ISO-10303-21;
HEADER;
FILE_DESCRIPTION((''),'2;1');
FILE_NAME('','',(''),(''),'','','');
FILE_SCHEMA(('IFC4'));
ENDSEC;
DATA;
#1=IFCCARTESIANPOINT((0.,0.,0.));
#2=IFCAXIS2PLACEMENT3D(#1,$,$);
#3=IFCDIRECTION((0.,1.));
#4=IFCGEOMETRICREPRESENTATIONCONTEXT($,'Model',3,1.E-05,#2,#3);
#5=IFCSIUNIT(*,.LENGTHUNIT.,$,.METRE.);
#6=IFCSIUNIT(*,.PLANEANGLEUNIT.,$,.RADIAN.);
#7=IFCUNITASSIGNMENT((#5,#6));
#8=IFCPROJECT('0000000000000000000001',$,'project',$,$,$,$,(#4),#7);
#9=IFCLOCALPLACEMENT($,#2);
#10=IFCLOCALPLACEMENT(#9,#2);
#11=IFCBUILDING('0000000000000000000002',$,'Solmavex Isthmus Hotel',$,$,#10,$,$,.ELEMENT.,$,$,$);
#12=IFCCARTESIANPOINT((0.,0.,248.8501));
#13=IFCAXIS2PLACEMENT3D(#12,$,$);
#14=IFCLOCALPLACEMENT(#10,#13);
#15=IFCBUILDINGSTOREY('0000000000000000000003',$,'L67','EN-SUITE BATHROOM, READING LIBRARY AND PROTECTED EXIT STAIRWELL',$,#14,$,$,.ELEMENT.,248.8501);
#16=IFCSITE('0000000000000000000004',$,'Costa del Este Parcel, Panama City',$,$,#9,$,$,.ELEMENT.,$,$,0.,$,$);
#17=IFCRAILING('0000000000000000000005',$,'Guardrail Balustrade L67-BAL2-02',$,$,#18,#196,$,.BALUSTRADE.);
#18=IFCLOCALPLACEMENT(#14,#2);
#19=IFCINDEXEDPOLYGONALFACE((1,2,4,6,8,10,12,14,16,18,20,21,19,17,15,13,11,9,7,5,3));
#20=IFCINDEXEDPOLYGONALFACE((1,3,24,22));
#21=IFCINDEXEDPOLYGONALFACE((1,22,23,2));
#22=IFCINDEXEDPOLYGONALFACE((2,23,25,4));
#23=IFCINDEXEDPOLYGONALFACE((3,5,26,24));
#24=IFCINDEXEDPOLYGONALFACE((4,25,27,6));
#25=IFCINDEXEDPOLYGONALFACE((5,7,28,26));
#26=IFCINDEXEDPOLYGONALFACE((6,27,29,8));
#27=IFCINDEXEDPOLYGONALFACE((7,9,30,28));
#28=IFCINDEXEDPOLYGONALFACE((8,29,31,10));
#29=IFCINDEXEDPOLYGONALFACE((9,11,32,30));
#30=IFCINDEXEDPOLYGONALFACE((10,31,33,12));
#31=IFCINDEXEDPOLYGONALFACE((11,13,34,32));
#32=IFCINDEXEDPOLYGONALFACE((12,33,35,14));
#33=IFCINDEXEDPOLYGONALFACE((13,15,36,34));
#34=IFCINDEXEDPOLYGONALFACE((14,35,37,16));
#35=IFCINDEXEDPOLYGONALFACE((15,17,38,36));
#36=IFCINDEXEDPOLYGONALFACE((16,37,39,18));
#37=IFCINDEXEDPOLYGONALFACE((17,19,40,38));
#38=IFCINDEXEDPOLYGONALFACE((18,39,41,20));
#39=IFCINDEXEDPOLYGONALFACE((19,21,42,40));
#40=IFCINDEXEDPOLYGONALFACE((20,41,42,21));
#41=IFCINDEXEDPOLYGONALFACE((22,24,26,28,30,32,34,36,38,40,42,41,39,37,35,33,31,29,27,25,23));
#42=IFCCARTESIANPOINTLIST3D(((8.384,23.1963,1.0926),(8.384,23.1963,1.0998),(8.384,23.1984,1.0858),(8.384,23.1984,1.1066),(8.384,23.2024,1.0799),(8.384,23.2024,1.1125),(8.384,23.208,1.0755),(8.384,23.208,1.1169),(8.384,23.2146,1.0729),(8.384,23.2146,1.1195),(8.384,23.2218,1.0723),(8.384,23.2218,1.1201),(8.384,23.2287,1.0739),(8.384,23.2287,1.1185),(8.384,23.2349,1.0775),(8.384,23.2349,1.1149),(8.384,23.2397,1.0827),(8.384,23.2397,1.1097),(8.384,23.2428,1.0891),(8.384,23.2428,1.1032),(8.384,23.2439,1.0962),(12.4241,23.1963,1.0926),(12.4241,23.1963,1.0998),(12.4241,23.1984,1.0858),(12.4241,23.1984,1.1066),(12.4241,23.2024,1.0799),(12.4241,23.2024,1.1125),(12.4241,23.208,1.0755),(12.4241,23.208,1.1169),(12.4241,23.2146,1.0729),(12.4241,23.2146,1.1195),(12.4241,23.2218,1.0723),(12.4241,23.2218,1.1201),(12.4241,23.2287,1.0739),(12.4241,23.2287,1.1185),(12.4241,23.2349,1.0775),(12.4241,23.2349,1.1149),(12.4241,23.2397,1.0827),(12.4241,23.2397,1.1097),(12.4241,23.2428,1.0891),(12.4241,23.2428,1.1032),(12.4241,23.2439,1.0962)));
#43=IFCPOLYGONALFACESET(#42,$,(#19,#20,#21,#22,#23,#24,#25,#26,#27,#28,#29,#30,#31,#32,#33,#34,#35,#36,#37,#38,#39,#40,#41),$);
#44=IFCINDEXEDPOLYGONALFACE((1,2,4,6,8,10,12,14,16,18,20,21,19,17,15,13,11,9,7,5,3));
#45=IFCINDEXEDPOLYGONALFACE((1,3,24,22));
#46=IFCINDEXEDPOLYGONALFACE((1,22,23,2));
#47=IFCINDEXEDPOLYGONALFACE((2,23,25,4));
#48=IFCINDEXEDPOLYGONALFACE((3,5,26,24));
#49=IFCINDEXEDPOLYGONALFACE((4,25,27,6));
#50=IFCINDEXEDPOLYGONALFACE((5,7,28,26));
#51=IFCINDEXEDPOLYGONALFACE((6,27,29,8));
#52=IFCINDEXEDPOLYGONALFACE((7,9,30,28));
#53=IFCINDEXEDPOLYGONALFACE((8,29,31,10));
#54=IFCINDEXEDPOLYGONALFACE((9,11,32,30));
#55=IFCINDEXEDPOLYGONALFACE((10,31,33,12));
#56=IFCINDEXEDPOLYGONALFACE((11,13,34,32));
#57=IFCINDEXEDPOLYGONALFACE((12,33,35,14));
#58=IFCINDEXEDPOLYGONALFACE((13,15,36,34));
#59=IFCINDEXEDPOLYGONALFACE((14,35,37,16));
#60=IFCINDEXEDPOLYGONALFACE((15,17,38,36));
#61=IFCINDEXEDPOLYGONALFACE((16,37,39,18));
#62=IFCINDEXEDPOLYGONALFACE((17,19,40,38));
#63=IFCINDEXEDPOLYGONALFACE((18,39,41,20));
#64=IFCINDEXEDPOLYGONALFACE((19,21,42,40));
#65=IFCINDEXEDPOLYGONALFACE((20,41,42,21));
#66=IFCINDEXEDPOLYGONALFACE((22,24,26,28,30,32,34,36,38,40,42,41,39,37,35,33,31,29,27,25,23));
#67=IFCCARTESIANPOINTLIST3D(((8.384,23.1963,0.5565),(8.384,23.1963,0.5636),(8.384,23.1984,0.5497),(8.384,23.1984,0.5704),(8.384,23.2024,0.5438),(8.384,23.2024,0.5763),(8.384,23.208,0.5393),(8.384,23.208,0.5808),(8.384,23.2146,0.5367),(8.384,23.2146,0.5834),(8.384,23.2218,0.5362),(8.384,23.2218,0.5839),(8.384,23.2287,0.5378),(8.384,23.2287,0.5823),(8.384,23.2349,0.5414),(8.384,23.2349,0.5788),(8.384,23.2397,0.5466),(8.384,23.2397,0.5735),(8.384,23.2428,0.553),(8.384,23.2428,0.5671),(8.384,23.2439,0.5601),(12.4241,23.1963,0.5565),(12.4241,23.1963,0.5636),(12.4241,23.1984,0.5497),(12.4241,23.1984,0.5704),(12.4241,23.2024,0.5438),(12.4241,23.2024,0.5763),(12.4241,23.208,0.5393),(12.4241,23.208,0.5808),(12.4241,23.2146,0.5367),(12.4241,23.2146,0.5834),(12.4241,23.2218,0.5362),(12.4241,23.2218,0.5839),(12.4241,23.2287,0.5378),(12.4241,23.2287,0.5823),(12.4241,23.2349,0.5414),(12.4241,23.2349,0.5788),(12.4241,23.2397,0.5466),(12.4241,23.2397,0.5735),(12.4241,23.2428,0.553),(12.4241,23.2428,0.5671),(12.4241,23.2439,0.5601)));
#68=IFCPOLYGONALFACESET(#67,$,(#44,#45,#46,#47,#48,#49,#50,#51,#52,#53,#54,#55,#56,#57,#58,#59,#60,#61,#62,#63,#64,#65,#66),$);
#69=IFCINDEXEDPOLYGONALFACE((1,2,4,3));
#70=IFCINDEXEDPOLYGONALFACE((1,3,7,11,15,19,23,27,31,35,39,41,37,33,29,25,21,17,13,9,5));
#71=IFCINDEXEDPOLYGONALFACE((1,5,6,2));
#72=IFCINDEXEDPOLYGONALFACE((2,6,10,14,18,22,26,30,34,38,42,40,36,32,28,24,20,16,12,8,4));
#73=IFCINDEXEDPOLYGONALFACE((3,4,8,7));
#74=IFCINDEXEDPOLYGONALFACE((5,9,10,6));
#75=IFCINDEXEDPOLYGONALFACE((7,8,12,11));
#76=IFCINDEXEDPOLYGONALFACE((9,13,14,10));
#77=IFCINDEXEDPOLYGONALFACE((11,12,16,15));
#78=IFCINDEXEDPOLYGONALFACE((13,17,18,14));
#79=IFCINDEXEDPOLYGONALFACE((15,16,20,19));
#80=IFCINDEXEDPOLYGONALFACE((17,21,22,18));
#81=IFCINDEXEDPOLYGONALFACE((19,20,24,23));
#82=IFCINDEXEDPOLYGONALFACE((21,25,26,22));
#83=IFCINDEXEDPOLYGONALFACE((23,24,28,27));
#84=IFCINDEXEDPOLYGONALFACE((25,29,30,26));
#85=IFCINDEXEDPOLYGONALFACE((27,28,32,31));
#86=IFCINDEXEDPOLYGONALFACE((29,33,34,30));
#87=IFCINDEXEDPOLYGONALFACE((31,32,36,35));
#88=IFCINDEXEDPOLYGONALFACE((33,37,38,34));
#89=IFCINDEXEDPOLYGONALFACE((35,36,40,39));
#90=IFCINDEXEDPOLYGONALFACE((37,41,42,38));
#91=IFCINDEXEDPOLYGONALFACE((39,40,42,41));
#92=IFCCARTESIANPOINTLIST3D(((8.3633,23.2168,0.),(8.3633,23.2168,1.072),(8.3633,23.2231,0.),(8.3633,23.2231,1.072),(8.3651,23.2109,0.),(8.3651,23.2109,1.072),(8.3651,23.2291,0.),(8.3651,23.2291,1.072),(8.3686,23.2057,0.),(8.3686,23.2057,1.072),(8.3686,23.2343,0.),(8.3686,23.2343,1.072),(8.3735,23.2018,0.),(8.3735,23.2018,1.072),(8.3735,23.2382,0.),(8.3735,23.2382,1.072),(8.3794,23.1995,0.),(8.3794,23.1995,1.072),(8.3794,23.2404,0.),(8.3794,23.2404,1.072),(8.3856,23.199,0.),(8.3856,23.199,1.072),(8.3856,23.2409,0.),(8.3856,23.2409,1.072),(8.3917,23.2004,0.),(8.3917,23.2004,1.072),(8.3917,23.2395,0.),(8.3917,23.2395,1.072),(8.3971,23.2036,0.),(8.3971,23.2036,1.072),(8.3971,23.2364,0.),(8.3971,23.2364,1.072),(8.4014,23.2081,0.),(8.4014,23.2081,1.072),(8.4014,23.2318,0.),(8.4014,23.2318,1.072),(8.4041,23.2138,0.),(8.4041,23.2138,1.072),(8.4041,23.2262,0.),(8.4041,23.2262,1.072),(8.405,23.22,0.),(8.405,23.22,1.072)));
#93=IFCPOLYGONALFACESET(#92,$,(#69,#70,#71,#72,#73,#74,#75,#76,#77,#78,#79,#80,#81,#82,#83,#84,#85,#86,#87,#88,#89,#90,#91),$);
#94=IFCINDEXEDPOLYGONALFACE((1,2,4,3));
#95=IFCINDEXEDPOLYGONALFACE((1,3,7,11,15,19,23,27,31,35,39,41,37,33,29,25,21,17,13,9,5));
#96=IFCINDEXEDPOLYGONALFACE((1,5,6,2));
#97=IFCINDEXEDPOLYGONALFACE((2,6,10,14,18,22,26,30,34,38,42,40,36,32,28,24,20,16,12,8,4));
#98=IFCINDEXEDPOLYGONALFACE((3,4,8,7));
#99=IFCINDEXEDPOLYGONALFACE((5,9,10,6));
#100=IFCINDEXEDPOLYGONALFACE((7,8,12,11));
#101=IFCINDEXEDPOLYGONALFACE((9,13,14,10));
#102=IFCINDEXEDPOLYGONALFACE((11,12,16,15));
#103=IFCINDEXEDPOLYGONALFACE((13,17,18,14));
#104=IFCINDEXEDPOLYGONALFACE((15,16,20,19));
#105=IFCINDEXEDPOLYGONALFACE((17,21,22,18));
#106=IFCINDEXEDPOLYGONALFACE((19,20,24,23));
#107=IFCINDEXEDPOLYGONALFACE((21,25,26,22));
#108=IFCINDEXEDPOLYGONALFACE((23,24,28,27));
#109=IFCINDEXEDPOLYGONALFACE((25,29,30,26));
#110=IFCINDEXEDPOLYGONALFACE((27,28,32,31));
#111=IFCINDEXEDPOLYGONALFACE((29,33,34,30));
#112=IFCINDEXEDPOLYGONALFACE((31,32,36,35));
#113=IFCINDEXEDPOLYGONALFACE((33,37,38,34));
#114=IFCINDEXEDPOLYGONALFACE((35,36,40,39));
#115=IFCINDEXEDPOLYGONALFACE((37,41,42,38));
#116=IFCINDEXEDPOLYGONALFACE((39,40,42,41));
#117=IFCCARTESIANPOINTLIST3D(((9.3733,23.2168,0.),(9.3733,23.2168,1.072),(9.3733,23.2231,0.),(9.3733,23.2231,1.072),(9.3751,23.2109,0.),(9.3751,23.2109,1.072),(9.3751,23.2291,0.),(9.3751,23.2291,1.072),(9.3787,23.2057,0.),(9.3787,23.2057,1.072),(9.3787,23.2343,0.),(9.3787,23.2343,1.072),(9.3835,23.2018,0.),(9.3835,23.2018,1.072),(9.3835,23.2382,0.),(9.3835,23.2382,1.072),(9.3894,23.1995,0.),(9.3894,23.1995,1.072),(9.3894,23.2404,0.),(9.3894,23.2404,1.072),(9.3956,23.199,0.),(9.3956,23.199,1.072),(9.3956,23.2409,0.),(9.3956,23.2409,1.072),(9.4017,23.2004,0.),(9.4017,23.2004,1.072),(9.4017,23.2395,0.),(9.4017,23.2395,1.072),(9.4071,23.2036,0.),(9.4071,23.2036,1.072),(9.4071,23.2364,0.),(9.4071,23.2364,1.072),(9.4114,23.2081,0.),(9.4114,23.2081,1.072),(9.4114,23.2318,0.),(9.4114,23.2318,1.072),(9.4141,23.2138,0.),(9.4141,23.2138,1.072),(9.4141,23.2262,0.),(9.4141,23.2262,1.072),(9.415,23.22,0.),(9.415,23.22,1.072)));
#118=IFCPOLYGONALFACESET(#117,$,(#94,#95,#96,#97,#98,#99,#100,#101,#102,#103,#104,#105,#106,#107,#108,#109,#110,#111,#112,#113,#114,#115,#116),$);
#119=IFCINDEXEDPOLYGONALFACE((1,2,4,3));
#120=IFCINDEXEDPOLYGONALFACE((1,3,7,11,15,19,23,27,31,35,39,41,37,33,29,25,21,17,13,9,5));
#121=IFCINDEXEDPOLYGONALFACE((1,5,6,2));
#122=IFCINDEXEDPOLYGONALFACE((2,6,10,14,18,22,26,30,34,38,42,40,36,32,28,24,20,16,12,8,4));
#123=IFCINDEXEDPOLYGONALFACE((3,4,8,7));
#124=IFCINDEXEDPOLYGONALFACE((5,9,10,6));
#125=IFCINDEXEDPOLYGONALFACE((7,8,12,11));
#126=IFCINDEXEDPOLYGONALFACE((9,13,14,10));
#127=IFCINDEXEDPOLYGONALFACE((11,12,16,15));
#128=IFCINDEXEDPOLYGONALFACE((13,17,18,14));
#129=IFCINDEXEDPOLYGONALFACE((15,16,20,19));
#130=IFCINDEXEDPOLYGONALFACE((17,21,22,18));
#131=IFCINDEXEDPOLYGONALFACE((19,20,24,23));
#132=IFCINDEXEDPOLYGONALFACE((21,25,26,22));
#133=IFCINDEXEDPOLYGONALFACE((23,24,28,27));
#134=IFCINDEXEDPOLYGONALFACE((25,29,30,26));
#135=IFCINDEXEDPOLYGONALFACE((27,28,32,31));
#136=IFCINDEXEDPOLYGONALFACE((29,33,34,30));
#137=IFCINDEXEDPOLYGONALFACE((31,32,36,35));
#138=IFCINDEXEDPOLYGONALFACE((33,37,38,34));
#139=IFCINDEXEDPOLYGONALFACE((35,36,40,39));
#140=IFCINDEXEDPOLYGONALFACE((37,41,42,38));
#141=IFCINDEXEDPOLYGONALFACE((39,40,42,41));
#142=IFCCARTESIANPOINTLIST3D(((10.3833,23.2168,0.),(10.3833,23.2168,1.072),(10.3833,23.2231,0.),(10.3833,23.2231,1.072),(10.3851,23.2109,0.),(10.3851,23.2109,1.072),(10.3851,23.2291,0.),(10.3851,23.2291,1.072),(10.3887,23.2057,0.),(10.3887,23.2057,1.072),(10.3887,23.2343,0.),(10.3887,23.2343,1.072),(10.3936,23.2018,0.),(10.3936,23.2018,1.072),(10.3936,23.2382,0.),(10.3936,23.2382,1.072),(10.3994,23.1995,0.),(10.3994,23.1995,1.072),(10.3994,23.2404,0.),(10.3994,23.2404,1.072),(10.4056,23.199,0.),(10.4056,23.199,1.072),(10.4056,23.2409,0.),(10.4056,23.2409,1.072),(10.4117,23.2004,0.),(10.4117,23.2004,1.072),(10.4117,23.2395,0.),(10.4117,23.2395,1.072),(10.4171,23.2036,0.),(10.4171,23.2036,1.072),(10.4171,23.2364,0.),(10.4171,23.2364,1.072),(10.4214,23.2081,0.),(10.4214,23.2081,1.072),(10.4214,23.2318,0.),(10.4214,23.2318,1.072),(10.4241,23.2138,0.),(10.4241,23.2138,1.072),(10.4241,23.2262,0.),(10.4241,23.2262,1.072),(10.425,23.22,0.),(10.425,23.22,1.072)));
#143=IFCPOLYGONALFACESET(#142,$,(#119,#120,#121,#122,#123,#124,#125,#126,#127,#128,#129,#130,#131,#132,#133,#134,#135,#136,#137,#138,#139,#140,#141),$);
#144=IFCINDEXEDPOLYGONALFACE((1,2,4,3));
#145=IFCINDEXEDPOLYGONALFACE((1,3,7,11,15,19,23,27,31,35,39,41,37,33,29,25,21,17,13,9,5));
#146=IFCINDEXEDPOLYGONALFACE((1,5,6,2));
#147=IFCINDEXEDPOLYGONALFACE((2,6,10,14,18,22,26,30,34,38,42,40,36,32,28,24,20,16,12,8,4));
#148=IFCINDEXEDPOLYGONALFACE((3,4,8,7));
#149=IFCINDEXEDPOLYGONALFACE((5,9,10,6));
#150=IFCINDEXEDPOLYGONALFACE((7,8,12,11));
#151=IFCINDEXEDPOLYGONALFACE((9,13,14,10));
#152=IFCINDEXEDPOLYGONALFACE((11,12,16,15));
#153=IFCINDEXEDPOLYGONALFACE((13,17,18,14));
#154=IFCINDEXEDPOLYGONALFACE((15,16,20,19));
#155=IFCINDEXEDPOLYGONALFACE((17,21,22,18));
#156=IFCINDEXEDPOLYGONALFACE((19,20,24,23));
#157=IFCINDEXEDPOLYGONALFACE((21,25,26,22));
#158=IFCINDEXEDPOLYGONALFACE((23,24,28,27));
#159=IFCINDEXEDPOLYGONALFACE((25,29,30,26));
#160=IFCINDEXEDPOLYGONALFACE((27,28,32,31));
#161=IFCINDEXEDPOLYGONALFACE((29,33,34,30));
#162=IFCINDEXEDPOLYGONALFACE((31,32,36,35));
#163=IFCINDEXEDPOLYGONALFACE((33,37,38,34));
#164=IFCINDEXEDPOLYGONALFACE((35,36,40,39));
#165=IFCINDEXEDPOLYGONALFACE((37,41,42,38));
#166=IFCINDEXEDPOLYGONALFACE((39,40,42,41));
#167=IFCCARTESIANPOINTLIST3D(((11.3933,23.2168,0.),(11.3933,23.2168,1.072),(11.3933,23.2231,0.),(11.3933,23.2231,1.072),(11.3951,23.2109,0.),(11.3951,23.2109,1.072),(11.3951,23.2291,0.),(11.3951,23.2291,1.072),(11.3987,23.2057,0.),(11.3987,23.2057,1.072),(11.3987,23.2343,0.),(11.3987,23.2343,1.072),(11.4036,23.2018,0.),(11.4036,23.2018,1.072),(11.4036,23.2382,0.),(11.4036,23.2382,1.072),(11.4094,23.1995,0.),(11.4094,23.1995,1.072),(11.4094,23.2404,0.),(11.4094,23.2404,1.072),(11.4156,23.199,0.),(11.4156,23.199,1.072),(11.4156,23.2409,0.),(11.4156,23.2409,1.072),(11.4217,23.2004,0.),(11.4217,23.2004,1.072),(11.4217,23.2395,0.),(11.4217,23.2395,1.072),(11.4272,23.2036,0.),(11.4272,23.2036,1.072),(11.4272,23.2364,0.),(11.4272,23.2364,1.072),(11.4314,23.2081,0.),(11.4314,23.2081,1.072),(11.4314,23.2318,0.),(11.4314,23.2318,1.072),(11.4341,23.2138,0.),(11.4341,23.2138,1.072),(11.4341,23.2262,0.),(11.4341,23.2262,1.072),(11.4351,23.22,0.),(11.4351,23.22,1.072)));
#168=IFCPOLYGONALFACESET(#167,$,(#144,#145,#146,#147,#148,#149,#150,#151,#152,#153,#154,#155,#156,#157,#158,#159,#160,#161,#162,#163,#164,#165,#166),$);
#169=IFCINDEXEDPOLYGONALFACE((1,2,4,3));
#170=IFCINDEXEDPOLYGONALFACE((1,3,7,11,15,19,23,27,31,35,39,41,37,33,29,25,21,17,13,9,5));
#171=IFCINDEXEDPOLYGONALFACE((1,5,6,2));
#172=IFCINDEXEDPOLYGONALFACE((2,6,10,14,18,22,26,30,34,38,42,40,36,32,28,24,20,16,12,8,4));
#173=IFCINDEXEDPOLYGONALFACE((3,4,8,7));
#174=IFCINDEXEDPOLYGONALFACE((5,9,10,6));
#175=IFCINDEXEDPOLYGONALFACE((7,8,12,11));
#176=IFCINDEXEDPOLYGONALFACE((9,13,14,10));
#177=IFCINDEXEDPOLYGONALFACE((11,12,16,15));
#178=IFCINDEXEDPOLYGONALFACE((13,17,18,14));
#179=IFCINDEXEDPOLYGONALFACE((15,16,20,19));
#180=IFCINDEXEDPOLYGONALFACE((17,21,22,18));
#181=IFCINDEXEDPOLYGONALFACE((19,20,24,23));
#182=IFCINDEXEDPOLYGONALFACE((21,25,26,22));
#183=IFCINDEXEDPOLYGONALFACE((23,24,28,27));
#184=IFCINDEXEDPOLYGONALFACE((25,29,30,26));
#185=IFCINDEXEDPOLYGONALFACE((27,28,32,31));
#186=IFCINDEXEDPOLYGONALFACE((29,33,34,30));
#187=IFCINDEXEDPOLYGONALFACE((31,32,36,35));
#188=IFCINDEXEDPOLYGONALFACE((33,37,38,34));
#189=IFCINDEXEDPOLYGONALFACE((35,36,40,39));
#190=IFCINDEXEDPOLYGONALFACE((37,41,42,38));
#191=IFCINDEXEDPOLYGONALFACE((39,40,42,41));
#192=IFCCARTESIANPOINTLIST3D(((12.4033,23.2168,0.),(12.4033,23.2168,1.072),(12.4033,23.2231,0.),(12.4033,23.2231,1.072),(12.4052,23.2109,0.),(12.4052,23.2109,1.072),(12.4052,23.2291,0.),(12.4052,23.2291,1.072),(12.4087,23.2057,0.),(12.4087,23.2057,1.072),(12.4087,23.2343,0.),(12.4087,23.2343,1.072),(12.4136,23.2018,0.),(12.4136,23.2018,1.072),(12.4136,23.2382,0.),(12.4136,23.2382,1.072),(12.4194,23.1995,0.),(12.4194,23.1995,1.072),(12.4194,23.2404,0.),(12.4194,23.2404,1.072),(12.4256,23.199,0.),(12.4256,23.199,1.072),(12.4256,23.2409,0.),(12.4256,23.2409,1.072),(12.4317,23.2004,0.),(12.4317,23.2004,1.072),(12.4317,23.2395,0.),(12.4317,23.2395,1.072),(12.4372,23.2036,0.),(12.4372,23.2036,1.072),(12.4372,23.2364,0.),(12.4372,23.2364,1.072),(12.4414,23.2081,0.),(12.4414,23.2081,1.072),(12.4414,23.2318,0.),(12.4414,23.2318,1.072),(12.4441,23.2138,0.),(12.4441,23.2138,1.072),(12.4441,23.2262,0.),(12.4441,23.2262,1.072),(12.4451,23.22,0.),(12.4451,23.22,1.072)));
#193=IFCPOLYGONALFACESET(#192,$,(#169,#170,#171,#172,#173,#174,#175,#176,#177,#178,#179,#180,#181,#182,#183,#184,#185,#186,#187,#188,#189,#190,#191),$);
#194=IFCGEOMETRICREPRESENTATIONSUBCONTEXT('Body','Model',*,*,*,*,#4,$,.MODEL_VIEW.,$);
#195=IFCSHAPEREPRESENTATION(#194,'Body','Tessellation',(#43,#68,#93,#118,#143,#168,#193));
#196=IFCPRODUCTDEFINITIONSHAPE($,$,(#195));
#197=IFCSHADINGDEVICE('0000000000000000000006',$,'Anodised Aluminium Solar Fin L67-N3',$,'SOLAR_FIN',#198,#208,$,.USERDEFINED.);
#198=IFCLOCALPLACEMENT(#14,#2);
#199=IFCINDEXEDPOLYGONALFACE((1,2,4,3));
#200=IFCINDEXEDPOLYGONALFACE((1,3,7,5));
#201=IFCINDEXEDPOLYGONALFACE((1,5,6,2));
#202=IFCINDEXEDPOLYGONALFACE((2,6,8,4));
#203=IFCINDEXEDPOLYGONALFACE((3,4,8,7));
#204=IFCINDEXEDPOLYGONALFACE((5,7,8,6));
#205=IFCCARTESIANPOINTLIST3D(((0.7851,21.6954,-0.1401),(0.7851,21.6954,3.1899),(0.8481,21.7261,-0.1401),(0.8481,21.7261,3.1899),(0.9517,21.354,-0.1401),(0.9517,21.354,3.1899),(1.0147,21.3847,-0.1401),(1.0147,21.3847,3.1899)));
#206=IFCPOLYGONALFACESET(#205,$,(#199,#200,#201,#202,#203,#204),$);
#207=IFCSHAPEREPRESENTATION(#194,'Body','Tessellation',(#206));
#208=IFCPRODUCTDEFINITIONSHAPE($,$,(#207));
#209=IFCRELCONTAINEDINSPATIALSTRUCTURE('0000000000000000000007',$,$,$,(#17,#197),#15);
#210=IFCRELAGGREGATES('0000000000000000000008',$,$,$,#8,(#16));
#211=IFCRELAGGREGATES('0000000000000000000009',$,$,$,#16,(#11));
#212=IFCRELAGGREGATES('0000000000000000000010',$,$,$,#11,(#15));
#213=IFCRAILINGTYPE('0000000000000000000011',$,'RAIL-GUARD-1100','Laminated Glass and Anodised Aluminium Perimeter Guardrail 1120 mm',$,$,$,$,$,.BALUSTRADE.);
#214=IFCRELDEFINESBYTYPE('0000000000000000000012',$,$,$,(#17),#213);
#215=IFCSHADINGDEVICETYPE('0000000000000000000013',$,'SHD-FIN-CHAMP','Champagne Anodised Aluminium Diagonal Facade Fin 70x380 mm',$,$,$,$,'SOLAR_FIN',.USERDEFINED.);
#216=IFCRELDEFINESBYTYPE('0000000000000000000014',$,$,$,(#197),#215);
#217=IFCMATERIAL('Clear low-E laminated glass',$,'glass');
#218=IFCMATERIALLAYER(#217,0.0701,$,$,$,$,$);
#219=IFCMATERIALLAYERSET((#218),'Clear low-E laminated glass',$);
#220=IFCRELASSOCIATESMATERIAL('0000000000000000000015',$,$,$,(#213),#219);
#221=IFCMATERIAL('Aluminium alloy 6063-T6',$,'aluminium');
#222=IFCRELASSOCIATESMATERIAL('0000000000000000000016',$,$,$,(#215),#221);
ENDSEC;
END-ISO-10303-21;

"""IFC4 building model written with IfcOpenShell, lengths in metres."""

from ifc_helpers import new_model, si_unit, direction, frame, origin, origin_2d, place, context, subcontext, project, spatial, rectangle, circle, extrude, material, layer, layer_set, type_object, element, save


model = new_model("IFC4")

# Units and contexts
model_context = context("Model", 3, precision=1e-05, world=origin(), true_north=direction((0.0, 1.0)))
body_context = subcontext(model_context, "Body", "Model", "MODEL_VIEW")
ifc_project = project(units=[si_unit("LENGTHUNIT", "METRE"), si_unit("PLANEANGLEUNIT", "RADIAN")], contexts=[model_context])

# Site, building, storey
site_placement = place(None, origin())
site = spatial("IfcSite", under=ifc_project, at=site_placement, Name="Costa del Este Parcel, Panama City", CompositionType="ELEMENT", RefElevation=0.0)
building_placement = place(site_placement, origin())
building = spatial("IfcBuilding", under=site, at=building_placement, Name="Solmavex Isthmus Hotel", CompositionType="ELEMENT")
storey_placement = place(building_placement, frame((0.0, 0.0, 248.8501)))
storey = spatial("IfcBuildingStorey", under=building, at=storey_placement, Name="L67", Description="EN-SUITE BATHROOM, READING LIBRARY AND PROTECTED EXIT STAIRWELL", CompositionType="ELEMENT", Elevation=248.8501)

# Shared definitions
ifc_material_1 = material(Name="Aluminium alloy 6063-T6", Category="aluminium")

# Shared definitions
ifc_material_2 = material(Name="Clear low-E laminated glass", Category="glass")

# Railing
ifc_layer_1 = layer(ifc_material_2, 0.0701)
ifc_layer_set_1 = layer_set([ifc_layer_1], Name="Clear low-E laminated glass")
railing_type = type_object("IfcRailingType", Name="RAIL-GUARD-1100", Description="Laminated Glass and Anodised Aluminium Perimeter Guardrail 1120 mm", PredefinedType="BALUSTRADE", material=ifc_layer_set_1)
railing_1_placement = place(storey_placement, frame((8.384, 23.22, 0.0)))
element("IfcRailing", 1, at=railing_1_placement, inside=storey, type_object=railing_type, Name="Guardrail Balustrade L67-BAL2-02", PredefinedType="BALUSTRADE", context=body_context, shape_type="SweptSolid", body=[
    extrude(circle(Radius=0.0239, at=origin_2d()), frame((0.0, 0.0, 1.0962), z_axis=(1.0, 0.0, 0.0), x_axis=(0.0, 1.0, 0.0)), (0.0, 0.0, 1.0), 4.04),
    extrude(circle(Radius=0.0239, at=origin_2d()), frame((0.0, 0.0, 0.5601), z_axis=(1.0, 0.0, 0.0), x_axis=(0.0, 1.0, 0.0)), (0.0, 0.0, 1.0), 4.04),
    extrude(circle(Radius=0.021, at=origin_2d()), origin(), (0.0, 0.0, 1.0), 1.072),
    extrude(circle(Radius=0.021, at=origin_2d()), frame((1.01, 0.0, 0.0)), (0.0, 0.0, 1.0), 1.072),
    extrude(circle(Radius=0.021, at=origin_2d()), frame((2.02, 0.0, 0.0)), (0.0, 0.0, 1.0), 1.072),
    extrude(circle(Radius=0.021, at=origin_2d()), frame((3.03, 0.0, 0.0)), (0.0, 0.0, 1.0), 1.072),
    extrude(circle(Radius=0.021, at=origin_2d()), frame((4.04, 0.0, 0.0)), (0.0, 0.0, 1.0), 1.072),
])

# Shading device
shading_device_type = type_object("IfcShadingDeviceType", Name="SHD-FIN-CHAMP", Description="Champagne Anodised Aluminium Diagonal Facade Fin 70x380 mm", ElementType="SOLAR_FIN", PredefinedType="USERDEFINED", material=ifc_material_1)
shading_device_placement = place(storey_placement, frame((0.8999, 21.54, -0.1401), z_axis=(0.0, 0.0, 1.0), x_axis=(-0.438371, 0.898794, 0.0)))
element("IfcShadingDevice", 2, at=shading_device_placement, inside=storey, type_object=shading_device_type, Name="Anodised Aluminium Solar Fin L67-N3", ObjectType="SOLAR_FIN", PredefinedType="USERDEFINED", context=body_context, shape_type="SweptSolid", body=[
    extrude(rectangle(XDim=0.3799, YDim=0.0701, at=origin_2d()), origin(), (0.0, 0.0, 1.0), 3.3301),
])

save(model, "model.ifc")
